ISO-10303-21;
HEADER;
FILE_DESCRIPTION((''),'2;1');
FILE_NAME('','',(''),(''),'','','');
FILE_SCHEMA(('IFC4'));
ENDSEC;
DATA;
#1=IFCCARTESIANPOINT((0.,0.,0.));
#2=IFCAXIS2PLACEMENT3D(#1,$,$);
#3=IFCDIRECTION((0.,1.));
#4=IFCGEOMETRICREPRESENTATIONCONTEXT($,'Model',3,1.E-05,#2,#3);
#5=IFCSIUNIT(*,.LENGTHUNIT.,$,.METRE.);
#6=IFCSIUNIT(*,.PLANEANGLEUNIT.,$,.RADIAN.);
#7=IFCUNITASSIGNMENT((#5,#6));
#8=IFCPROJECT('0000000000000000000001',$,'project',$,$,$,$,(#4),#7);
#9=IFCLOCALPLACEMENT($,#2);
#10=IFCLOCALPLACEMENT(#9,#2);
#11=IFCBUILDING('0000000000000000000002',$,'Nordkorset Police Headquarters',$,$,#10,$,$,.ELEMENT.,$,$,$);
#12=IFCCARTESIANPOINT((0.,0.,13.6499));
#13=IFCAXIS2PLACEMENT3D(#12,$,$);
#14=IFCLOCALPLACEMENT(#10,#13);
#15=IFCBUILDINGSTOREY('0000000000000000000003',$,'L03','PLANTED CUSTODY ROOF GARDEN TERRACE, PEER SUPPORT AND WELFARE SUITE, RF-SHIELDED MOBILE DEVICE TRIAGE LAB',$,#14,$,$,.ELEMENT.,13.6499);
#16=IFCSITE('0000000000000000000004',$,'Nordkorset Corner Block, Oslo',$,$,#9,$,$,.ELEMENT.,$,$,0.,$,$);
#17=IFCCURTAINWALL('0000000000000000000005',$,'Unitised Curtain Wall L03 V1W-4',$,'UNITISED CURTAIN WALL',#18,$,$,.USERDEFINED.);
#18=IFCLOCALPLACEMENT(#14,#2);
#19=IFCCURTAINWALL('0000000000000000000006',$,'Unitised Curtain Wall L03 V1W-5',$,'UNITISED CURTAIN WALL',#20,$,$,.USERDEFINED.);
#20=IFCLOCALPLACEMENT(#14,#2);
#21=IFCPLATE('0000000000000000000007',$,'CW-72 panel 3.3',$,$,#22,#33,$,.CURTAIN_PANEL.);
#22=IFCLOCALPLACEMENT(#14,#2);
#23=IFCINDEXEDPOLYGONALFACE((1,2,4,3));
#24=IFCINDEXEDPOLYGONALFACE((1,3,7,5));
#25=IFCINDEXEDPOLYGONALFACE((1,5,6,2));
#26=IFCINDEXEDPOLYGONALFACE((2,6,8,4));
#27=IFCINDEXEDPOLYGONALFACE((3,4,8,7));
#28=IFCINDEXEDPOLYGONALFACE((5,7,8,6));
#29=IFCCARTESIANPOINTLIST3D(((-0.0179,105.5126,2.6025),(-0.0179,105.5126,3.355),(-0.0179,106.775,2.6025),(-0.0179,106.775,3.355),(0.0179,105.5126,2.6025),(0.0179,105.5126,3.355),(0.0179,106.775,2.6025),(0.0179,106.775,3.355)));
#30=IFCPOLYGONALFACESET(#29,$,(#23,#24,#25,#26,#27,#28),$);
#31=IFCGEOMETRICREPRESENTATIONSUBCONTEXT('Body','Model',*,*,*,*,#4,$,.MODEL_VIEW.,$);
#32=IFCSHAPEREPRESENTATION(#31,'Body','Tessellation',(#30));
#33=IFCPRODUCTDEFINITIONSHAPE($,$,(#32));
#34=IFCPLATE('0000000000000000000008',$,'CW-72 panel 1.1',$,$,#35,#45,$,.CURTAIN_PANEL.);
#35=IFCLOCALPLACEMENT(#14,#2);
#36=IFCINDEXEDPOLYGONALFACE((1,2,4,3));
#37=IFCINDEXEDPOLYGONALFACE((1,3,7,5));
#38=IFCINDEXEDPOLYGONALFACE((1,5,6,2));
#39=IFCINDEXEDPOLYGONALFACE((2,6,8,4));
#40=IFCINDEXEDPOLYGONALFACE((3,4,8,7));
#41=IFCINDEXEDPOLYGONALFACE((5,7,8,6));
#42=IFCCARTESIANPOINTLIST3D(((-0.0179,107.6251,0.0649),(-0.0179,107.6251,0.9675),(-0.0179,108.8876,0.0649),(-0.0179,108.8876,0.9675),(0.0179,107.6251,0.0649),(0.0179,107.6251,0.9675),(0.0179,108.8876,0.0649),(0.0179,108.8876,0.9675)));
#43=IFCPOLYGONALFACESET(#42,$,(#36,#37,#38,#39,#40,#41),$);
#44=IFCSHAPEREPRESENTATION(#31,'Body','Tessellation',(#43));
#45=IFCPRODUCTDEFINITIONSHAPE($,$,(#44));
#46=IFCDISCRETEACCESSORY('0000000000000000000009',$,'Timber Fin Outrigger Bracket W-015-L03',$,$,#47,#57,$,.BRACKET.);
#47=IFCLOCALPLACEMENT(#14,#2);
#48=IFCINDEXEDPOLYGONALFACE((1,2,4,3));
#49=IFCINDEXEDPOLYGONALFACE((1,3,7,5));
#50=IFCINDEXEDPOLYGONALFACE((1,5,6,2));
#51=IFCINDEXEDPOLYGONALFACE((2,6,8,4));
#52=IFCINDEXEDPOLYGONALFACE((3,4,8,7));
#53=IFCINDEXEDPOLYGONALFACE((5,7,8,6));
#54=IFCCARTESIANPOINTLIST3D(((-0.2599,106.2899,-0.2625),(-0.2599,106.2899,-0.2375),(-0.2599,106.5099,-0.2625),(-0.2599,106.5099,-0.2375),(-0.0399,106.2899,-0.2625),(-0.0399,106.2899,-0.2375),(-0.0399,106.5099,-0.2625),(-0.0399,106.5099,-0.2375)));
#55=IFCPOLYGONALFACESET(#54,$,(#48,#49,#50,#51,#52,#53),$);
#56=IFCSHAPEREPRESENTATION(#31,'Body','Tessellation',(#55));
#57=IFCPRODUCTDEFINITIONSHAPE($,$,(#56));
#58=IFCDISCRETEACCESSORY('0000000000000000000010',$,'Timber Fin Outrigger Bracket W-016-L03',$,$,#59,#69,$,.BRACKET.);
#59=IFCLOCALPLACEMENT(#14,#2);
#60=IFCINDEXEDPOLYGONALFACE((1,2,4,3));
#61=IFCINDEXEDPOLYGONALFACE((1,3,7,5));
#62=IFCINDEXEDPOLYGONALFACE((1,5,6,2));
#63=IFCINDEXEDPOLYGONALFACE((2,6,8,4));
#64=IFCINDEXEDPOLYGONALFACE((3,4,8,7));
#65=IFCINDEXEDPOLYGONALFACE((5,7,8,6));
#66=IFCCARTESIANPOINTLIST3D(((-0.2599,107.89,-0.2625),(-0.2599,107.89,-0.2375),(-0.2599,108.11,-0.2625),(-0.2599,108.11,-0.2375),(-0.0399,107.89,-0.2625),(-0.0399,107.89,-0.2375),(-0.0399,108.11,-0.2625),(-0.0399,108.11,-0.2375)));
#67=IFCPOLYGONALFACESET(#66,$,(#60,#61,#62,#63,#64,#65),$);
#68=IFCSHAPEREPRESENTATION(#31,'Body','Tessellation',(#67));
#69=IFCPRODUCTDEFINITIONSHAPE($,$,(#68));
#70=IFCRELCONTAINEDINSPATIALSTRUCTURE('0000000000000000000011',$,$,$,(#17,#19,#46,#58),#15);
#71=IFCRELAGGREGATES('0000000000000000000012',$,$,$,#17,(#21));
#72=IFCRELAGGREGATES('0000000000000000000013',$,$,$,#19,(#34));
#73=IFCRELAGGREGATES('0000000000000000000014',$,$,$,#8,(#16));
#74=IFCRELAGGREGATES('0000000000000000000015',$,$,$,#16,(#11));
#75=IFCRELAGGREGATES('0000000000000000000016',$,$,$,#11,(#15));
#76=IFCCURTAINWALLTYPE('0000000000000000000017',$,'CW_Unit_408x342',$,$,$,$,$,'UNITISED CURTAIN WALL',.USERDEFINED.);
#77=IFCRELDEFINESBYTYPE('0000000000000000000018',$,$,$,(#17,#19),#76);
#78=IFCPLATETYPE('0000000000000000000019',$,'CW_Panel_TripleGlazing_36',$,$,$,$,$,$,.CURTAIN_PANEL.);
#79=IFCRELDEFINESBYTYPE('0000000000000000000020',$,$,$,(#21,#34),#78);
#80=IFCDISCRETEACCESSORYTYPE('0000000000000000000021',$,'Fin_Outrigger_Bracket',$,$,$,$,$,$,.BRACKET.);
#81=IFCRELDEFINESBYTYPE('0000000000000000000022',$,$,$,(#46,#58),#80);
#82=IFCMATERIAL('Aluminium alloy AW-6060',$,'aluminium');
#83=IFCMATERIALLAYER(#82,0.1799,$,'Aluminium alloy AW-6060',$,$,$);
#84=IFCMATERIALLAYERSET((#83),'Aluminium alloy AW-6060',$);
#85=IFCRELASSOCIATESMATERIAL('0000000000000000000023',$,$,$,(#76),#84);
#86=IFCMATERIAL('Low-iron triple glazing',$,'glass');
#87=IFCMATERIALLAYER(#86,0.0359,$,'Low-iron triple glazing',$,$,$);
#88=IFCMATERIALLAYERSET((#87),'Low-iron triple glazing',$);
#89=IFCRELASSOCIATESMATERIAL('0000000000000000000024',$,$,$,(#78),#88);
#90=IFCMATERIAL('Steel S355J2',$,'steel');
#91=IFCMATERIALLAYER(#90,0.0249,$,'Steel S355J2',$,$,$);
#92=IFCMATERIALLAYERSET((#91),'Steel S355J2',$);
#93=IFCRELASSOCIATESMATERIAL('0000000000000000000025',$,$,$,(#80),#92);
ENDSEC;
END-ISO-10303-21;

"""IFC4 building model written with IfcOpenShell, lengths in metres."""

from ifc_helpers import new_model, si_unit, direction, frame, origin, origin_2d, place, context, subcontext, project, spatial, rectangle, extrude, material, layer, layer_set, type_object, element, aggregate, save


model = new_model("IFC4")

# Units and contexts
model_context = context("Model", 3, precision=1e-05, world=origin(), true_north=direction((0.0, 1.0)))
body_context = subcontext(model_context, "Body", "Model", "MODEL_VIEW")
ifc_project = project(units=[si_unit("LENGTHUNIT", "METRE"), si_unit("PLANEANGLEUNIT", "RADIAN")], contexts=[model_context])

# Site, building, storey
site_placement = place(None, origin())
site = spatial("IfcSite", under=ifc_project, at=site_placement, Name="Nordkorset Corner Block, Oslo", CompositionType="ELEMENT", RefElevation=0.0)
building_placement = place(site_placement, origin())
building = spatial("IfcBuilding", under=site, at=building_placement, Name="Nordkorset Police Headquarters", CompositionType="ELEMENT")
storey_placement = place(building_placement, frame((0.0, 0.0, 13.6499)))
storey = spatial("IfcBuildingStorey", under=building, at=storey_placement, Name="L03", Description="PLANTED CUSTODY ROOF GARDEN TERRACE, PEER SUPPORT AND WELFARE SUITE, RF-SHIELDED MOBILE DEVICE TRIAGE LAB", CompositionType="ELEMENT", Elevation=13.6499)

# Curtain wall
ifc_material_1 = material(Name="Aluminium alloy AW-6060", Category="aluminium")
ifc_layer_1 = layer(ifc_material_1, 0.1799, Name="Aluminium alloy AW-6060")
ifc_layer_set_1 = layer_set([ifc_layer_1], Name="Aluminium alloy AW-6060")
curtain_wall_type = type_object("IfcCurtainWallType", Name="CW_Unit_408x342", ElementType="UNITISED CURTAIN WALL", PredefinedType="USERDEFINED", material=ifc_layer_set_1)
curtain_wall_1_placement = place(storey_placement, origin())
curtain_wall_1 = element("IfcCurtainWall", 1, at=curtain_wall_1_placement, inside=storey, type_object=curtain_wall_type, Name="Unitised Curtain Wall L03 V1W-4", ObjectType="UNITISED CURTAIN WALL", PredefinedType="USERDEFINED")

# Curtain wall
curtain_wall_2_placement = place(storey_placement, origin())
curtain_wall_2 = element("IfcCurtainWall", 2, at=curtain_wall_2_placement, inside=storey, type_object=curtain_wall_type, Name="Unitised Curtain Wall L03 V1W-5", ObjectType="UNITISED CURTAIN WALL", PredefinedType="USERDEFINED")

# Plates
ifc_material_2 = material(Name="Low-iron triple glazing", Category="glass")
ifc_layer_2 = layer(ifc_material_2, 0.0359, Name="Low-iron triple glazing")
ifc_layer_set_2 = layer_set([ifc_layer_2], Name="Low-iron triple glazing")
plate_type = type_object("IfcPlateType", Name="CW_Panel_TripleGlazing_36", PredefinedType="CURTAIN_PANEL", material=ifc_layer_set_2)
plate_1_placement = place(storey_placement, frame((0.0, 106.1438, 2.6025), z_axis=(0.0, 0.0, 1.0), x_axis=(0.0, 1.0, 0.0)))
plate_1 = element("IfcPlate", 3, at=plate_1_placement, type_object=plate_type, Name="CW-72 panel 3.3", PredefinedType="CURTAIN_PANEL", context=body_context, shape_type="SweptSolid", body=[
    extrude(rectangle(XDim=1.2625, YDim=0.0359, at=origin_2d()), origin(), (0.0, 0.0, 1.0), 0.7524),
])
aggregate(curtain_wall_1, [plate_1])
plate_2_placement = place(storey_placement, frame((0.0, 108.2563, 0.0649), z_axis=(0.0, 0.0, 1.0), x_axis=(0.0, 1.0, 0.0)))
plate_2 = element("IfcPlate", 4, at=plate_2_placement, type_object=plate_type, Name="CW-72 panel 1.1", PredefinedType="CURTAIN_PANEL", context=body_context, shape_type="SweptSolid", body=[
    extrude(rectangle(XDim=1.2625, YDim=0.0359, at=origin_2d()), origin(), (0.0, 0.0, 1.0), 0.9026),
])
aggregate(curtain_wall_2, [plate_2])

# Discrete accessories
ifc_material_3 = material(Name="Steel S355J2", Category="steel")
ifc_layer_3 = layer(ifc_material_3, 0.0249, Name="Steel S355J2")
ifc_layer_set_3 = layer_set([ifc_layer_3], Name="Steel S355J2")
discrete_accessory_type = type_object("IfcDiscreteAccessoryType", Name="Fin_Outrigger_Bracket", PredefinedType="BRACKET", material=ifc_layer_set_3)
for number, where, z_axis, x_axis, name in (
    (5, (-0.1499, 106.3999, -0.2625), (0.0, 0.0, 1.0), (1.0, 0.0, 0.0), "Timber Fin Outrigger Bracket W-015-L03"),
    (6, (-0.1499, 108.0, -0.2625), (0.0, 0.0, 1.0), (1.0, 0.0, 0.0), "Timber Fin Outrigger Bracket W-016-L03"),
):
    element("IfcDiscreteAccessory", number, at=place(storey_placement, frame(where, z_axis=z_axis, x_axis=x_axis)), inside=storey, type_object=discrete_accessory_type, Name=name, PredefinedType="BRACKET", context=body_context, shape_type="SweptSolid", body=[
        extrude(rectangle(XDim=0.22, YDim=0.22, at=origin_2d()), origin(), (0.0, 0.0, 1.0), 0.0249),
    ])

save(model, "model.ifc")
